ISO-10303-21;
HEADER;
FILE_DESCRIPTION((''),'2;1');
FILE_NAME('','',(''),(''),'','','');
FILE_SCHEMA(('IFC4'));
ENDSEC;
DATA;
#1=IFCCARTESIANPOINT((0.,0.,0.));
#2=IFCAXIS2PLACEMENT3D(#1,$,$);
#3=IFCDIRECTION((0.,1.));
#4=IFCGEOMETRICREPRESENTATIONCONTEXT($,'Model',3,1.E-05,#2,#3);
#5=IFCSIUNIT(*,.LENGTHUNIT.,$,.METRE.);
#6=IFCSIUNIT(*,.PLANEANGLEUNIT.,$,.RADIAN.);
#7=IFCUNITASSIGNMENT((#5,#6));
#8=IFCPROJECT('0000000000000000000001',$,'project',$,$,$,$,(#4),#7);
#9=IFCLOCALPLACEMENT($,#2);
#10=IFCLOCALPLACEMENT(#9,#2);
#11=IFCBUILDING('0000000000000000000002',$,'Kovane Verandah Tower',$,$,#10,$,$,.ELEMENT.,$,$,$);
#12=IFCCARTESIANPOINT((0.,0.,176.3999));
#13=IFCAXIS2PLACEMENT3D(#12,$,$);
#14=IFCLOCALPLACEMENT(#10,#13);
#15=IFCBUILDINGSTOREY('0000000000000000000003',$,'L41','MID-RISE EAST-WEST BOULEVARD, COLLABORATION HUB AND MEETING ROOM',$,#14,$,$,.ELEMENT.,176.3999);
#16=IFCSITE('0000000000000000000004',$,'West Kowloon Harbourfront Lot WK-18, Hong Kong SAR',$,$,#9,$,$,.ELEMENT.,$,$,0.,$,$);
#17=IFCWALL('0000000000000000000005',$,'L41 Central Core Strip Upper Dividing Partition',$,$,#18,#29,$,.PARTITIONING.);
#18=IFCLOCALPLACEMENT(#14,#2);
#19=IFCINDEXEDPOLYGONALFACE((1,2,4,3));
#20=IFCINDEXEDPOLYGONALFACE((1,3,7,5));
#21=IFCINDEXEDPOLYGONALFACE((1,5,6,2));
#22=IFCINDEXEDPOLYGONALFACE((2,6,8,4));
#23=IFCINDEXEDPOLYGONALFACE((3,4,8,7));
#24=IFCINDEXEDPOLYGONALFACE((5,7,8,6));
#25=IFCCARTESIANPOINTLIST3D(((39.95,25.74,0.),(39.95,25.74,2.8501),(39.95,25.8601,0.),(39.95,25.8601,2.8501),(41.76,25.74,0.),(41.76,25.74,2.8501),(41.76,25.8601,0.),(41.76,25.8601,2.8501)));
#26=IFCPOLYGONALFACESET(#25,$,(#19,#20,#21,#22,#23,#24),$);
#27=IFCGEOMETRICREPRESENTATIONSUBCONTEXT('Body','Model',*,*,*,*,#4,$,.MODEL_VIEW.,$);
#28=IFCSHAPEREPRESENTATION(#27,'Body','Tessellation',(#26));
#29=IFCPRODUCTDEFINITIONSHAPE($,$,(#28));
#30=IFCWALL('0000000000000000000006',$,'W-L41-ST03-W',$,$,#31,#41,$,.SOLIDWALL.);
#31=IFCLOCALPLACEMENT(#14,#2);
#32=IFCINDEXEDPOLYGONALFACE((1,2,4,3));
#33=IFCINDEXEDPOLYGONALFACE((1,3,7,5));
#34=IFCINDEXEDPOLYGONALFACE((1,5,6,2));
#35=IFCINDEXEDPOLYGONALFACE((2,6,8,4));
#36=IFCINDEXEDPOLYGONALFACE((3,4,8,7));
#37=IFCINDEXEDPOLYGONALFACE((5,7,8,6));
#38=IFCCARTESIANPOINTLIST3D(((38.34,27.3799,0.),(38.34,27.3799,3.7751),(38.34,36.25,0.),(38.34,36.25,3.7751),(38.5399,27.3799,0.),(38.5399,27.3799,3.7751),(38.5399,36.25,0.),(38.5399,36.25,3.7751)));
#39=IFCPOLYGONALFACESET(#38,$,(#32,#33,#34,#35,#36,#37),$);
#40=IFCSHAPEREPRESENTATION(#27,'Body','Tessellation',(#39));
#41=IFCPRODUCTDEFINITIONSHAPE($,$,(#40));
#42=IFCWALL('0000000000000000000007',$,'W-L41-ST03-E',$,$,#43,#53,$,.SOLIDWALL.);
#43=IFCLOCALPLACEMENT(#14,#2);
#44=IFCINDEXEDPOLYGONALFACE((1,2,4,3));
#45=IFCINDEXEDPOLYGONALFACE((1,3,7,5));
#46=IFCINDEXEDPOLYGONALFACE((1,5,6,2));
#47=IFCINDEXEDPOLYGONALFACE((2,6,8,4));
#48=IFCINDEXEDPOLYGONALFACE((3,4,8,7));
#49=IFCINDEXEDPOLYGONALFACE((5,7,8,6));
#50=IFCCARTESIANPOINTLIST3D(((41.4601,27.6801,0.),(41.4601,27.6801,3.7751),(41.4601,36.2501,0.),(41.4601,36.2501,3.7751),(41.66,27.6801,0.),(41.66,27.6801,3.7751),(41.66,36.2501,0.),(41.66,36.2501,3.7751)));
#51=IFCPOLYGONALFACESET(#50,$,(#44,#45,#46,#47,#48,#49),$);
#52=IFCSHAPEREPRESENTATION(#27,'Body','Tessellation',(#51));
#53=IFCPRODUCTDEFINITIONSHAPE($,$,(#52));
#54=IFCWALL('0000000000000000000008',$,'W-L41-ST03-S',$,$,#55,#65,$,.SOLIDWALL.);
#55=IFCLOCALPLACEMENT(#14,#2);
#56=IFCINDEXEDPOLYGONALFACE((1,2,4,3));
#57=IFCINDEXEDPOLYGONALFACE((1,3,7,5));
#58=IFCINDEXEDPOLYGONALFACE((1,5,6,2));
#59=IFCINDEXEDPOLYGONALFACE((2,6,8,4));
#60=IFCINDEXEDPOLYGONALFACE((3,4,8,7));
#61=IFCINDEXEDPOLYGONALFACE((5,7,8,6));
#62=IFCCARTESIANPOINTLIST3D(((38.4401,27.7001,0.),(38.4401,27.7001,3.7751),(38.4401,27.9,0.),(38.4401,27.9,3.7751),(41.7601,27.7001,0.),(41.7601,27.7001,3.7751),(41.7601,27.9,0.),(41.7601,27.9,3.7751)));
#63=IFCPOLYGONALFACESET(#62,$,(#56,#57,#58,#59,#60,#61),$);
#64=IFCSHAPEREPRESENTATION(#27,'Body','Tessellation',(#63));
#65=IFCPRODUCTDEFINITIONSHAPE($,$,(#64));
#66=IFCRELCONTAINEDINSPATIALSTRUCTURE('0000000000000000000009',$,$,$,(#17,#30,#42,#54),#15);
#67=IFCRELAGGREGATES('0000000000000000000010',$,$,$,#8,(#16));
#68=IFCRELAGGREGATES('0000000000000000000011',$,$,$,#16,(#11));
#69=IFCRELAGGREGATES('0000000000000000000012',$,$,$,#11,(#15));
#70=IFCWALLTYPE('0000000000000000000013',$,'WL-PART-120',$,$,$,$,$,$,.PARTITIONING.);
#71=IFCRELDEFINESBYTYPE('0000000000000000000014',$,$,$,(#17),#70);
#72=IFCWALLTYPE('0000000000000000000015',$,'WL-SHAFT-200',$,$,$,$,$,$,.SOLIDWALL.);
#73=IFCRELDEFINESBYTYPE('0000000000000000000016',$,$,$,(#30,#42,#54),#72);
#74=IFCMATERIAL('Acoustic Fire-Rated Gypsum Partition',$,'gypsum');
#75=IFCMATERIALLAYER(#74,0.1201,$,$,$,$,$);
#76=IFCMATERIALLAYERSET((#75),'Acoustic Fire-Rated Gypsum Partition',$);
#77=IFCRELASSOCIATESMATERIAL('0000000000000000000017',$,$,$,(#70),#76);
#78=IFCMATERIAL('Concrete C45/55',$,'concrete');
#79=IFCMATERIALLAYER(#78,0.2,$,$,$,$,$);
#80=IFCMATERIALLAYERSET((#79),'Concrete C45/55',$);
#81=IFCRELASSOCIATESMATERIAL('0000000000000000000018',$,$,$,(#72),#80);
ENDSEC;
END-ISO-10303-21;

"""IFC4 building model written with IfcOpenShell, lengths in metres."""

from ifc_helpers import new_model, si_unit, direction, frame, frame_2d, origin, place, context, subcontext, project, spatial, rectangle, extrude, material, layer, layer_set, type_object, element, save


model = new_model("IFC4")

# Units and contexts
model_context = context("Model", 3, precision=1e-05, world=origin(), true_north=direction((0.0, 1.0)))
body_context = subcontext(model_context, "Body", "Model", "MODEL_VIEW")
ifc_project = project(units=[si_unit("LENGTHUNIT", "METRE"), si_unit("PLANEANGLEUNIT", "RADIAN")], contexts=[model_context])

# Site, building, storey
site_placement = place(None, origin())
site = spatial("IfcSite", under=ifc_project, at=site_placement, Name="West Kowloon Harbourfront Lot WK-18, Hong Kong SAR", CompositionType="ELEMENT", RefElevation=0.0)
building_placement = place(site_placement, origin())
building = spatial("IfcBuilding", under=site, at=building_placement, Name="Kovane Verandah Tower", CompositionType="ELEMENT")
storey_placement = place(building_placement, frame((0.0, 0.0, 176.3999)))
storey = spatial("IfcBuildingStorey", under=building, at=storey_placement, Name="L41", Description="MID-RISE EAST-WEST BOULEVARD, COLLABORATION HUB AND MEETING ROOM", CompositionType="ELEMENT", Elevation=176.3999)

# Walls
ifc_material_1 = material(Name="Acoustic Fire-Rated Gypsum Partition", Category="gypsum")
ifc_layer_1 = layer(ifc_material_1, 0.1201)
ifc_layer_set_1 = layer_set([ifc_layer_1], Name="Acoustic Fire-Rated Gypsum Partition")
wall_type_1 = type_object("IfcWallType", Name="WL-PART-120", PredefinedType="PARTITIONING", material=ifc_layer_set_1)
wall_1_placement = place(storey_placement, frame((39.95, 25.8, 0.0), z_axis=(0.0, 0.0, 1.0), x_axis=(1.0, 0.0, 0.0)))
element("IfcWall", 1, at=wall_1_placement, inside=storey, type_object=wall_type_1, Name="L41 Central Core Strip Upper Dividing Partition", PredefinedType="PARTITIONING", context=body_context, shape_type="SweptSolid", body=[
    extrude(rectangle(XDim=1.8101, YDim=0.1201, at=frame_2d((0.905, 0.0))), origin(), (0.0, 0.0, 1.0), 2.8501),
])
ifc_material_2 = material(Name="Concrete C45/55", Category="concrete")
ifc_layer_2 = layer(ifc_material_2, 0.2)
ifc_layer_set_2 = layer_set([ifc_layer_2], Name="Concrete C45/55")
wall_type_2 = type_object("IfcWallType", Name="WL-SHAFT-200", PredefinedType="SOLIDWALL", material=ifc_layer_set_2)
wall_2_placement = place(storey_placement, frame((38.4399, 27.3799, 0.0), z_axis=(0.0, 0.0, 1.0), x_axis=(0.0, 1.0, 0.0)))
element("IfcWall", 2, at=wall_2_placement, inside=storey, type_object=wall_type_2, Name="W-L41-ST03-W", PredefinedType="SOLIDWALL", context=body_context, shape_type="SweptSolid", body=[
    extrude(rectangle(XDim=8.8701, YDim=0.2, at=frame_2d((4.4351, 0.0))), origin(), (0.0, 0.0, 1.0), 3.7751),
])
wall_3_placement = place(storey_placement, frame((41.5601, 27.6799, 0.0), z_axis=(0.0, 0.0, 1.0), x_axis=(0.0, 1.0, 0.0)))
element("IfcWall", 3, at=wall_3_placement, inside=storey, type_object=wall_type_2, Name="W-L41-ST03-E", PredefinedType="SOLIDWALL", context=body_context, shape_type="SweptSolid", body=[
    extrude(rectangle(XDim=8.5701, YDim=0.2, at=frame_2d((4.2852, 0.0))), origin(), (0.0, 0.0, 1.0), 3.7751),
])
wall_4_placement = place(storey_placement, frame((38.4399, 27.8, 0.0), z_axis=(0.0, 0.0, 1.0), x_axis=(1.0, 0.0, 0.0)))
element("IfcWall", 4, at=wall_4_placement, inside=storey, type_object=wall_type_2, Name="W-L41-ST03-S", PredefinedType="SOLIDWALL", context=body_context, shape_type="SweptSolid", body=[
    extrude(rectangle(XDim=3.3201, YDim=0.2, at=frame_2d((1.6602, 0.0))), origin(), (0.0, 0.0, 1.0), 3.7751),
])

save(model, "model.ifc")
